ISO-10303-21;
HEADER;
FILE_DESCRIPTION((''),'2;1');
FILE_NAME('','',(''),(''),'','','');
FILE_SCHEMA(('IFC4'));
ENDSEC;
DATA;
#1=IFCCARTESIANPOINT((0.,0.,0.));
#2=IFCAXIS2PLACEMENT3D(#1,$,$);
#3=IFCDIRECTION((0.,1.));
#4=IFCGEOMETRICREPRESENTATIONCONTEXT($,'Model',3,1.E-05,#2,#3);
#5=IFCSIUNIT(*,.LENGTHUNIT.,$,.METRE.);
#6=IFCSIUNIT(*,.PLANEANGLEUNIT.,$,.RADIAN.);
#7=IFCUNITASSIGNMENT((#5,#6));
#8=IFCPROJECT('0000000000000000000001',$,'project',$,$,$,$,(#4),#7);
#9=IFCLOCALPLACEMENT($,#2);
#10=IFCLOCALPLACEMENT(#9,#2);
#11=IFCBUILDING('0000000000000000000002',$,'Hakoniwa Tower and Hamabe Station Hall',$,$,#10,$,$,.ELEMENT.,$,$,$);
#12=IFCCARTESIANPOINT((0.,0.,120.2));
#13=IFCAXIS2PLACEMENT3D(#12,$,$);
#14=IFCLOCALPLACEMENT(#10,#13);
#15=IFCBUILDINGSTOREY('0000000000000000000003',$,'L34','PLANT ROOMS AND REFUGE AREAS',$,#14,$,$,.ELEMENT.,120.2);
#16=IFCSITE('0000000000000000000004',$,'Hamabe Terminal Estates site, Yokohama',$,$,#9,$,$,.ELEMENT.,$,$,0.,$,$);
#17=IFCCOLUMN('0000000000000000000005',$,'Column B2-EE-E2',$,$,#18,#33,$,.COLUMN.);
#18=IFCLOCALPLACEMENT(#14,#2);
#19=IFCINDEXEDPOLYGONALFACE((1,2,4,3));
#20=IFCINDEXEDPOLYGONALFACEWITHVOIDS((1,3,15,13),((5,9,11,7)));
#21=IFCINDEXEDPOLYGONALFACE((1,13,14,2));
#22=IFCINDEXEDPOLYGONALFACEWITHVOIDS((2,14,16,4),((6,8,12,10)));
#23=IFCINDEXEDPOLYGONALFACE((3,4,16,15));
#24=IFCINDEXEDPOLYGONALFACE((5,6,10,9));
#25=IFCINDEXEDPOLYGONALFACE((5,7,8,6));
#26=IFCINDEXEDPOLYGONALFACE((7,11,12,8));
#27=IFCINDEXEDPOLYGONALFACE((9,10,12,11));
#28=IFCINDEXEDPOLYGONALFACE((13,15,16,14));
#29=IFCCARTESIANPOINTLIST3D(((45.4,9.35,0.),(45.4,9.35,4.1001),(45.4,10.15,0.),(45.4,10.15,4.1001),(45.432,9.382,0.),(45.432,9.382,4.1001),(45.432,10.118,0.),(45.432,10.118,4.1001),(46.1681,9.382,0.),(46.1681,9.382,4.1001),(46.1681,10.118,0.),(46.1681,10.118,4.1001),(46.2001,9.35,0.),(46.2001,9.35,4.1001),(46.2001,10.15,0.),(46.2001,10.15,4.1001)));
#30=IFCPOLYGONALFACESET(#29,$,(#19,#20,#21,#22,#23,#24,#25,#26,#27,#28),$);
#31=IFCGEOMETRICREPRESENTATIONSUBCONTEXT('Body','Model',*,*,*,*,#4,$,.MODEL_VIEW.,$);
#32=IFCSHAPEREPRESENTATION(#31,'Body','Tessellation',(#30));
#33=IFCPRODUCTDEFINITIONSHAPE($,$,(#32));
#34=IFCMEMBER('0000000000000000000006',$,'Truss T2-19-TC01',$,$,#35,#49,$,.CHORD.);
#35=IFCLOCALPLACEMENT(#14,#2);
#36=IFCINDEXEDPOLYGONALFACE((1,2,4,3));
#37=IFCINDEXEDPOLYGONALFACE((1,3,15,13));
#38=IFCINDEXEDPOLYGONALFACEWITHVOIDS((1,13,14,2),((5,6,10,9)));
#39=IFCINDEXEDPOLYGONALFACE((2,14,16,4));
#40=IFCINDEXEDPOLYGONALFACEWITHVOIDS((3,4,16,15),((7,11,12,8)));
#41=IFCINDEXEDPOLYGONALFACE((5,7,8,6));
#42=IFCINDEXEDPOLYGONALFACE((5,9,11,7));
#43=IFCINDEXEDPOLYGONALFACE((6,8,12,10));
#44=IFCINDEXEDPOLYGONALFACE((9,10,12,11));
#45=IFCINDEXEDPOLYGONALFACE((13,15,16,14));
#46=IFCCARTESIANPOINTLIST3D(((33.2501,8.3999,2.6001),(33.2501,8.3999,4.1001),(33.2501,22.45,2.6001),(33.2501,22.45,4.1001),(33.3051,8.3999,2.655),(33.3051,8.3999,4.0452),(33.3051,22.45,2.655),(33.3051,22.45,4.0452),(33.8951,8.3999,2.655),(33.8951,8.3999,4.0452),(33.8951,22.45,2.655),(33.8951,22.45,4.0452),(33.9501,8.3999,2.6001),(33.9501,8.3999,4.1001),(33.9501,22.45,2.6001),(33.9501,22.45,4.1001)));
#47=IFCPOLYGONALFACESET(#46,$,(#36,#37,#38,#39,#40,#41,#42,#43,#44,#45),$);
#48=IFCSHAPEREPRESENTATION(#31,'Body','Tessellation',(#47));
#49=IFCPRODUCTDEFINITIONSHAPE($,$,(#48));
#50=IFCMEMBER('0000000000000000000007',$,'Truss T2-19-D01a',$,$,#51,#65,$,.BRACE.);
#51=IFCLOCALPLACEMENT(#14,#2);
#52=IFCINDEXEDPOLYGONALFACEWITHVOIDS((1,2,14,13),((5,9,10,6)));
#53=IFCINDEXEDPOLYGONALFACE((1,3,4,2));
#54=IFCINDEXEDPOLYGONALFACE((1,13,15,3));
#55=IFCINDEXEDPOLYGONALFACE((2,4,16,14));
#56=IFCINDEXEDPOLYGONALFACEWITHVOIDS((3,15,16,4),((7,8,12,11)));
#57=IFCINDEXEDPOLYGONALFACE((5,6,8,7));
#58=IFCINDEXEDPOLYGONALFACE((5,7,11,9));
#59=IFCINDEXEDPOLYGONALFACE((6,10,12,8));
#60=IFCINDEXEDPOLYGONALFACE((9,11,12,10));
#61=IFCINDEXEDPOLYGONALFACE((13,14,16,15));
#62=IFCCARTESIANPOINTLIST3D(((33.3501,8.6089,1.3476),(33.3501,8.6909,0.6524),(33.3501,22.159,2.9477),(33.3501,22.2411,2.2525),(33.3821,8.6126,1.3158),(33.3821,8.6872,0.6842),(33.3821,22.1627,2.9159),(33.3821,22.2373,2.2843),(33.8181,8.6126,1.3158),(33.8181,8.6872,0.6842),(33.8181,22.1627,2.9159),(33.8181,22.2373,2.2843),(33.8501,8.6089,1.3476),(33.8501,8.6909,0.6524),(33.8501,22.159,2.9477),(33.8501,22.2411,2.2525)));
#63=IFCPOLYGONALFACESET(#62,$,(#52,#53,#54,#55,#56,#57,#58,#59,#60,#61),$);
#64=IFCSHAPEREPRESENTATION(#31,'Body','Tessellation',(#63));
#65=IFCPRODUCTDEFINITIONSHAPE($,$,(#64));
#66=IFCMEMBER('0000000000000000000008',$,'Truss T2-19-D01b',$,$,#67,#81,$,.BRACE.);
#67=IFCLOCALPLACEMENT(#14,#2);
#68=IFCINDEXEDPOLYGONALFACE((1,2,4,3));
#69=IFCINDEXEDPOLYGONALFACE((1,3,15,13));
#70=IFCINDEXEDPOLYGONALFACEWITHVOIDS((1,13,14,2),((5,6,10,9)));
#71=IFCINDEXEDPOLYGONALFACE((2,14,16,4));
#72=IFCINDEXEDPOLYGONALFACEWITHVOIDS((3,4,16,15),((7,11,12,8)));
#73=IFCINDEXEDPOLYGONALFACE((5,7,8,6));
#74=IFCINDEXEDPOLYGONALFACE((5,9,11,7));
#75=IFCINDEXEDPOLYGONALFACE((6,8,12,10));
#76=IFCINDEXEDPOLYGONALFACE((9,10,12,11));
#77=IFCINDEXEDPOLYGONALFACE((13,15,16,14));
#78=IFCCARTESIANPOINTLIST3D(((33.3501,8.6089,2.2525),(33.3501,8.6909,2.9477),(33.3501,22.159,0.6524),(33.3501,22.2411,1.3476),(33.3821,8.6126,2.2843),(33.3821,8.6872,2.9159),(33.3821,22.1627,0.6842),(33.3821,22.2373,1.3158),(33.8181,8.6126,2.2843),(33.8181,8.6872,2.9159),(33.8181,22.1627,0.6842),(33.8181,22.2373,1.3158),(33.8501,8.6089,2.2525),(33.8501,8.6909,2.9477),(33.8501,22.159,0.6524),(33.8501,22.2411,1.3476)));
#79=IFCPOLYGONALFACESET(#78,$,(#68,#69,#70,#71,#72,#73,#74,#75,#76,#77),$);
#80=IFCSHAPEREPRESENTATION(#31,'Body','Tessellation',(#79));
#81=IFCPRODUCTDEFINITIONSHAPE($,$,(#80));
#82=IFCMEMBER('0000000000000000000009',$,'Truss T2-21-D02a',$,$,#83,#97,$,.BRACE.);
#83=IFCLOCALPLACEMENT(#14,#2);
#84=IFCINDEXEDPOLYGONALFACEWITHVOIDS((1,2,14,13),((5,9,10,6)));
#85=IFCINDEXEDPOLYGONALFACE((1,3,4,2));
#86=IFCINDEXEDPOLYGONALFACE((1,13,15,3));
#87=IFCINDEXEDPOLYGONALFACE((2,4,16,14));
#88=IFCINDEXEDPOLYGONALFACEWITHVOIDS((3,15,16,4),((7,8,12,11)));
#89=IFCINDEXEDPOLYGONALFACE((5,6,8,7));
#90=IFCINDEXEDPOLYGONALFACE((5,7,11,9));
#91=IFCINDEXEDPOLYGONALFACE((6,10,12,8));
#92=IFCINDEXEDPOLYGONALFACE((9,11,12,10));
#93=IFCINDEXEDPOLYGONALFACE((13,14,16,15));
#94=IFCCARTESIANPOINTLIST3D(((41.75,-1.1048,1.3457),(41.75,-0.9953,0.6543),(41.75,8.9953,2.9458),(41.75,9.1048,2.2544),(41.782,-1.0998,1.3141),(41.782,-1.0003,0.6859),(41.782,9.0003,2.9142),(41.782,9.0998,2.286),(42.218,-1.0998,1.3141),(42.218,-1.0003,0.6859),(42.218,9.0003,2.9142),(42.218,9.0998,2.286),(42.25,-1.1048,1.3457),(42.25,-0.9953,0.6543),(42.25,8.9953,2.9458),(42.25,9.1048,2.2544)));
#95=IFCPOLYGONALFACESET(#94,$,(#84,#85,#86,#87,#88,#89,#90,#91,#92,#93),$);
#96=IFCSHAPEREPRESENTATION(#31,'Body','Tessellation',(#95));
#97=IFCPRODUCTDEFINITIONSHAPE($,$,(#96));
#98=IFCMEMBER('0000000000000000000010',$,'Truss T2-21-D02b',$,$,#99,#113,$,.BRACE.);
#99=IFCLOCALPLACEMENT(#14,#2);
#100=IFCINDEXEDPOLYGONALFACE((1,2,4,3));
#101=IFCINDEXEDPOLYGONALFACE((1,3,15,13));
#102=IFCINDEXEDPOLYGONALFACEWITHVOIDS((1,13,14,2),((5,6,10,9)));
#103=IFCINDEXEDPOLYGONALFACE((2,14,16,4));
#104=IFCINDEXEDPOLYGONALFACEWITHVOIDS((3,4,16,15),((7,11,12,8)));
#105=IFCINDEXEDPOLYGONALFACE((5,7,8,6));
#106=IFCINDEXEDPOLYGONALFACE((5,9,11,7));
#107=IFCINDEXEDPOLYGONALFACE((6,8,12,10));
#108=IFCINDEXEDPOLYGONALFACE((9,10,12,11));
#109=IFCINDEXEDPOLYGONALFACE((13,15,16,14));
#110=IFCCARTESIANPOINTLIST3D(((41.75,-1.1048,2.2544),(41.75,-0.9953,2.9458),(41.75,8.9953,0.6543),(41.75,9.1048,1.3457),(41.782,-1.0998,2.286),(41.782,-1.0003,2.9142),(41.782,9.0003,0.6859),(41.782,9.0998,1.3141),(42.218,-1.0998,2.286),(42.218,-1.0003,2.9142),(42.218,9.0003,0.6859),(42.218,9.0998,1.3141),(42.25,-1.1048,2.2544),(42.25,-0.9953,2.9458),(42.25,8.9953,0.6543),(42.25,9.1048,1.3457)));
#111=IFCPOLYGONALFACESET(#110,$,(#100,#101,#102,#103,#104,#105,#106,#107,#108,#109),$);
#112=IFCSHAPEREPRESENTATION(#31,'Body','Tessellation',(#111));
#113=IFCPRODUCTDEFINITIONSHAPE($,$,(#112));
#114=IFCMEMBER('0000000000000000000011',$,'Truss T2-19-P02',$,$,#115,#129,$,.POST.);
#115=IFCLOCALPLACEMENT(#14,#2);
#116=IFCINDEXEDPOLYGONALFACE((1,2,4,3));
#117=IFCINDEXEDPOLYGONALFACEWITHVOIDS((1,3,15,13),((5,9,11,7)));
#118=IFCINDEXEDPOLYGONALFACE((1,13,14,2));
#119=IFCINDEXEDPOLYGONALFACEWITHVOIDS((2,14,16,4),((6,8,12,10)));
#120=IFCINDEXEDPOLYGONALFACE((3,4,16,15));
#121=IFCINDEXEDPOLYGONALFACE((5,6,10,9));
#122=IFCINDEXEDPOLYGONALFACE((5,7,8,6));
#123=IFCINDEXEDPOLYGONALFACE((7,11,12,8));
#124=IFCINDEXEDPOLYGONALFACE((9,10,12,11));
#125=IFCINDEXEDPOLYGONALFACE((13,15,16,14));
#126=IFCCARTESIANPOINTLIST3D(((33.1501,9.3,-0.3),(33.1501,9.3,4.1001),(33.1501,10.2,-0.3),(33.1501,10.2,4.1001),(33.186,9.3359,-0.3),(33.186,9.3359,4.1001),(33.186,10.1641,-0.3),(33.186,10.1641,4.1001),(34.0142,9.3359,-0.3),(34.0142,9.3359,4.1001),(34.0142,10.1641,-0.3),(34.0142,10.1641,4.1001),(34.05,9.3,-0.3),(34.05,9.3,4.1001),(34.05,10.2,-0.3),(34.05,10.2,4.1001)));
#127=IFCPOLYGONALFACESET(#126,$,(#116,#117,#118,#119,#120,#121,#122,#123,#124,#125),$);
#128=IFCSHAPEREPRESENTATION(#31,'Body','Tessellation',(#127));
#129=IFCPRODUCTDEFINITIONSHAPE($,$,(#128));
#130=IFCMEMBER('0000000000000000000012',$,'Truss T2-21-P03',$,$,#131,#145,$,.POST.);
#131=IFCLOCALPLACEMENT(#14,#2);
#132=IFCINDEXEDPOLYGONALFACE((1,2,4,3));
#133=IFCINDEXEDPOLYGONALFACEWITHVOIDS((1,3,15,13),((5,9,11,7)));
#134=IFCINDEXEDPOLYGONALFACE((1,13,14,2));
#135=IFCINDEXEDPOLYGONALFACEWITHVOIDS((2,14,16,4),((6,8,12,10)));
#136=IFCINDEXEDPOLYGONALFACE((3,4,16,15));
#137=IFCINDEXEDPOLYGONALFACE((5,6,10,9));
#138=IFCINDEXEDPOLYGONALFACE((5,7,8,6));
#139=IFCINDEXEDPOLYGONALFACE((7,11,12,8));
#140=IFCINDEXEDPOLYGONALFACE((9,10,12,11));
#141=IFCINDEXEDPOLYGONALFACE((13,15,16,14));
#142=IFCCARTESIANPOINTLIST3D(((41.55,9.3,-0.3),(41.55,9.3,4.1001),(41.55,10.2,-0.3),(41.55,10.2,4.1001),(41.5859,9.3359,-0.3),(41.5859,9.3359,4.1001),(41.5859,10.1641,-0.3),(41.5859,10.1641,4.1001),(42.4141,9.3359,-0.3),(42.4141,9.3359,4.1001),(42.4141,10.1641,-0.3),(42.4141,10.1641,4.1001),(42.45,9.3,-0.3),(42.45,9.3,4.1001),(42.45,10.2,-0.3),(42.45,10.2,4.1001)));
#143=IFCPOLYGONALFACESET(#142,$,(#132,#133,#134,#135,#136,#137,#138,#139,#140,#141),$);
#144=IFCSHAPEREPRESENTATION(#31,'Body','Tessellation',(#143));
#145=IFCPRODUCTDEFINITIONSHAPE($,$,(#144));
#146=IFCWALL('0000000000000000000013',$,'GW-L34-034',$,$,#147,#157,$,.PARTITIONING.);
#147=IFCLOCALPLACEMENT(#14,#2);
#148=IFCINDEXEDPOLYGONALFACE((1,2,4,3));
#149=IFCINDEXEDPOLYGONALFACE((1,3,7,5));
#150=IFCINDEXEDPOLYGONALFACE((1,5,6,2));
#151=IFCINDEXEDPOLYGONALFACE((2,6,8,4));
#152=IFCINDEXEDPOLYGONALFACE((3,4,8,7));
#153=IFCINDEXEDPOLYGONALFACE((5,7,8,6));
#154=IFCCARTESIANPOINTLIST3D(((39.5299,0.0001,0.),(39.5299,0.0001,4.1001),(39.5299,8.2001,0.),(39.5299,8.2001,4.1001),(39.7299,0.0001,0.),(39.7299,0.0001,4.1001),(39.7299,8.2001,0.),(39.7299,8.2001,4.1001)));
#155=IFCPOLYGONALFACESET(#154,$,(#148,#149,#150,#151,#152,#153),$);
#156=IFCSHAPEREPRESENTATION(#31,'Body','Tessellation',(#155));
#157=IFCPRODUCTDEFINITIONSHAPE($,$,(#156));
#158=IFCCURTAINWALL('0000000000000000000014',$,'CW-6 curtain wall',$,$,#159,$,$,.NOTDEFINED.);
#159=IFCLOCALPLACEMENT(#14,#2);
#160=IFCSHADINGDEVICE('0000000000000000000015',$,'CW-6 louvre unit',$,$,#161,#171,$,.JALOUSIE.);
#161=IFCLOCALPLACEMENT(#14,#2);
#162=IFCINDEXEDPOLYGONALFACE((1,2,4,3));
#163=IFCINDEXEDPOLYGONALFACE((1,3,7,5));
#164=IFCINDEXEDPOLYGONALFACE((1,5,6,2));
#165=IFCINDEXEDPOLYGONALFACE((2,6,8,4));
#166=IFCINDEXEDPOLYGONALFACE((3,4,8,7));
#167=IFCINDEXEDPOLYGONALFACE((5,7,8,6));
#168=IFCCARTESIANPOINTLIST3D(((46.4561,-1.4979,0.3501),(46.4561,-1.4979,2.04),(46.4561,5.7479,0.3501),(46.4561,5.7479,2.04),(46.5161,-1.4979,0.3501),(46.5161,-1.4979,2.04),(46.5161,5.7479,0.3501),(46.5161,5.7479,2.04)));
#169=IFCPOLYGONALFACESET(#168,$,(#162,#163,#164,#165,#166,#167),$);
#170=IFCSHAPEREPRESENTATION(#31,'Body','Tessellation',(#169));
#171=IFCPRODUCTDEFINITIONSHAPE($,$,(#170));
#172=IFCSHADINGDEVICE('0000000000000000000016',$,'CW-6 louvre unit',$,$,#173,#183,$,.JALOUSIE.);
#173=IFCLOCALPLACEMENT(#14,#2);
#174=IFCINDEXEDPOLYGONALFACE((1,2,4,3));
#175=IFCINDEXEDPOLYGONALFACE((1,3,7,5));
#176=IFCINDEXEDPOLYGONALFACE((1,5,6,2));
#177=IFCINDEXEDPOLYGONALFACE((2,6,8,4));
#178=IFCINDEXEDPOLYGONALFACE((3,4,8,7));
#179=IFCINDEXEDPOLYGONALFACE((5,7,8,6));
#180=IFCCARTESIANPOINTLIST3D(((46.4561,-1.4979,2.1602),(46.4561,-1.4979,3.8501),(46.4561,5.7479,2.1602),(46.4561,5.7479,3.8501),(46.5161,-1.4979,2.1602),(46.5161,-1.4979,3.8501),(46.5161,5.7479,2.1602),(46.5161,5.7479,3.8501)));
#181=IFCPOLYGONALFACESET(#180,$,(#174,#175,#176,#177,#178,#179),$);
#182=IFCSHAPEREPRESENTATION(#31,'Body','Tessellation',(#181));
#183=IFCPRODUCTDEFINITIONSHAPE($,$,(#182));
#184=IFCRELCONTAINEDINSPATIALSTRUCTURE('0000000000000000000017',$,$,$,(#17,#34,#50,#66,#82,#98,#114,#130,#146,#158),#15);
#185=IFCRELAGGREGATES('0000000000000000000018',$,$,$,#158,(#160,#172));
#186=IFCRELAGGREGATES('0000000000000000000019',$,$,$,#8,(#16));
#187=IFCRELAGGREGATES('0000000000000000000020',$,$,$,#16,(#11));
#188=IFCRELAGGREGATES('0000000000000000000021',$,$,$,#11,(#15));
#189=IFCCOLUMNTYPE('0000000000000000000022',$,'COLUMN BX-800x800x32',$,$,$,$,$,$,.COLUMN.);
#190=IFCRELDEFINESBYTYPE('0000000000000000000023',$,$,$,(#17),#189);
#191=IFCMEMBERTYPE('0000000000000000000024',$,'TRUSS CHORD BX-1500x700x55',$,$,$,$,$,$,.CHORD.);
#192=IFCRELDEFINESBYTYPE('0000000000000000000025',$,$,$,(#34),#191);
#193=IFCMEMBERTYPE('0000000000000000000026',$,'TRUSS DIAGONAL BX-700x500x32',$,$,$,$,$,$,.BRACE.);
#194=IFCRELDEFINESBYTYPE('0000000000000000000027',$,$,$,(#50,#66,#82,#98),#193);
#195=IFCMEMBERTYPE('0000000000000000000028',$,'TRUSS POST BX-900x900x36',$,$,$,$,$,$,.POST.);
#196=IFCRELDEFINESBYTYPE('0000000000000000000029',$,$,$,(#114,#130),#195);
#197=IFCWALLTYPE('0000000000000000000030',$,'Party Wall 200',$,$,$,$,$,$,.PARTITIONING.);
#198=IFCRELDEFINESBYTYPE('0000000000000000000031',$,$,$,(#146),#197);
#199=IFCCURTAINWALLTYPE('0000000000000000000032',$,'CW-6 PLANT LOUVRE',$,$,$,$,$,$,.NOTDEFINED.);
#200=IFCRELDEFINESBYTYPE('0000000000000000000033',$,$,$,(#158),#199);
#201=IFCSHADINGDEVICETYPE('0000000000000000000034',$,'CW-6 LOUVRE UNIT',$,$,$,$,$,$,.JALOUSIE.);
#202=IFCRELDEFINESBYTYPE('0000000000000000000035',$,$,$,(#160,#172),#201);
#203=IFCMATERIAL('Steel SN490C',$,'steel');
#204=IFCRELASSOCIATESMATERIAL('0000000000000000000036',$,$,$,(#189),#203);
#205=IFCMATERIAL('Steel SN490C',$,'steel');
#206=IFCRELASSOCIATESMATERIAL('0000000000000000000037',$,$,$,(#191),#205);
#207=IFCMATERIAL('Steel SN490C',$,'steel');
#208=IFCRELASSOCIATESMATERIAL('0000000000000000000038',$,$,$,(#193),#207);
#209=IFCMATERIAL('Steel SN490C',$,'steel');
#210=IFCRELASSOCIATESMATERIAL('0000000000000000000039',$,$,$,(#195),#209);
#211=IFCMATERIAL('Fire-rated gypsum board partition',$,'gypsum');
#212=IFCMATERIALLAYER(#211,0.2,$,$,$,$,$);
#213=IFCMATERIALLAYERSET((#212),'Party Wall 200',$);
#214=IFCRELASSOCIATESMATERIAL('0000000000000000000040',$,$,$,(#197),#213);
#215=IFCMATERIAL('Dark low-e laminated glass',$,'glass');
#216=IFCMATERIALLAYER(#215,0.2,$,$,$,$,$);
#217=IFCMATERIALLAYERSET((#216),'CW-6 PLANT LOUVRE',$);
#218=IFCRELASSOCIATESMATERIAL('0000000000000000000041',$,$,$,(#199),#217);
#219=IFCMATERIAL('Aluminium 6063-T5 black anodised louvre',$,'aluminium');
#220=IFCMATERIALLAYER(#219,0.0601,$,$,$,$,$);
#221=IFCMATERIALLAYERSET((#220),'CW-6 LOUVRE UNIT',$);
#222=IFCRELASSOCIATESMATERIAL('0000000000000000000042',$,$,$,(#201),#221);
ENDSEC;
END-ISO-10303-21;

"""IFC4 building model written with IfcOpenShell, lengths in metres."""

from ifc_helpers import new_model, si_unit, direction, frame, frame_2d, origin, origin_2d, place, context, subcontext, project, spatial, rectangle, hollow_rectangle, extrude, material, layer, layer_set, material_profile, profile_set, type_object, element, aggregate, save


model = new_model("IFC4")

# Units and contexts
model_context = context("Model", 3, precision=1e-05, world=origin(), true_north=direction((0.0, 1.0)))
body_context = subcontext(model_context, "Body", "Model", "MODEL_VIEW")
ifc_project = project(units=[si_unit("LENGTHUNIT", "METRE"), si_unit("PLANEANGLEUNIT", "RADIAN")], contexts=[model_context])

# Site, building, storey
site_placement = place(None, origin())
site = spatial("IfcSite", under=ifc_project, at=site_placement, Name="Hamabe Terminal Estates site, Yokohama", CompositionType="ELEMENT", RefElevation=0.0)
building_placement = place(site_placement, origin())
building = spatial("IfcBuilding", under=site, at=building_placement, Name="Hakoniwa Tower and Hamabe Station Hall", CompositionType="ELEMENT")
storey_placement = place(building_placement, frame((0.0, 0.0, 120.2)))
storey = spatial("IfcBuildingStorey", under=building, at=storey_placement, Name="L34", Description="PLANT ROOMS AND REFUGE AREAS", CompositionType="ELEMENT", Elevation=120.2)

# Column
ifc_material_1 = material(Name="Steel SN490C", Category="steel")
ifc_material_profile_1 = material_profile(ifc_material_1, hollow_rectangle(XDim=0.8, YDim=0.8, WallThickness=0.032, at=origin_2d()), Name="BX-800x800x32")
ifc_profile_set_1 = profile_set([ifc_material_profile_1], Name="Steel SN490C")
column_type = type_object("IfcColumnType", Name="COLUMN BX-800x800x32", PredefinedType="COLUMN", material=ifc_profile_set_1)
column_placement = place(storey_placement, frame((45.8, 9.75, 0.0), z_axis=(0.0, 0.0, 1.0), x_axis=(1.0, 0.0, 0.0)))
element("IfcColumn", 1, at=column_placement, inside=storey, type_object=column_type, Name="Column B2-EE-E2", PredefinedType="COLUMN", context=body_context, shape_type="SweptSolid", body=[
    extrude(hollow_rectangle(XDim=0.8, YDim=0.8, WallThickness=0.032, at=origin_2d()), origin(), (0.0, 0.0, 1.0), 4.1001),
])

# Members
ifc_material_2 = material(Name="Steel SN490C", Category="steel")
ifc_material_profile_2 = material_profile(ifc_material_2, hollow_rectangle(XDim=0.7, YDim=1.5, WallThickness=0.0549, at=origin_2d()), Name="BX-1500x700x55")
ifc_profile_set_2 = profile_set([ifc_material_profile_2], Name="Steel SN490C")
member_type_1 = type_object("IfcMemberType", Name="TRUSS CHORD BX-1500x700x55", PredefinedType="CHORD", material=ifc_profile_set_2)
member_placement = place(storey_placement, frame((33.6001, 8.3999, 3.3501), z_axis=(0.0, 1.0, 0.0), x_axis=(-1.0, 0.0, 0.0)))
element("IfcMember", 2, at=member_placement, inside=storey, type_object=member_type_1, Name="Truss T2-19-TC01", PredefinedType="CHORD", context=body_context, shape_type="SweptSolid", body=[
    extrude(hollow_rectangle(XDim=0.7, YDim=1.5, WallThickness=0.0549, at=origin_2d()), origin(), (0.0, 0.0, 1.0), 14.05),
])
ifc_material_3 = material(Name="Steel SN490C", Category="steel")
ifc_material_profile_3 = material_profile(ifc_material_3, hollow_rectangle(XDim=0.5, YDim=0.7, WallThickness=0.032, at=origin_2d()), Name="BX-700x500x32")
ifc_profile_set_3 = profile_set([ifc_material_profile_3], Name="Steel SN490C")
member_type_2 = type_object("IfcMemberType", Name="TRUSS DIAGONAL BX-700x500x32", PredefinedType="BRACE", material=ifc_profile_set_3)
for number, where, z_axis, x_axis, name in (
    (3, (33.6001, 8.6499, 1.0), (0.0, 0.9931, 0.117273), (-1.0, 0.0, 0.0), "Truss T2-19-D01a"),
    (4, (33.6001, 8.6499, 2.6001), (0.0, 0.9931, -0.117273), (-1.0, 0.0, 0.0), "Truss T2-19-D01b"),
):
    element("IfcMember", number, at=place(storey_placement, frame(where, z_axis=z_axis, x_axis=x_axis)), inside=storey, type_object=member_type_2, Name=name, PredefinedType="BRACE", context=body_context, shape_type="SweptSolid", body=[
        extrude(hollow_rectangle(XDim=0.5, YDim=0.7, WallThickness=0.032, at=origin_2d()), origin(), (0.0, 0.0, 1.0), 13.6443),
    ])
for number, where, z_axis, x_axis, name in (
    (5, (42.0, -1.05, 1.0), (0.0, 0.987682, 0.156473), (-1.0, 0.0, 0.0), "Truss T2-21-D02a"),
    (6, (42.0, -1.05, 2.6001), (0.0, 0.987682, -0.156473), (-1.0, 0.0, 0.0), "Truss T2-21-D02b"),
):
    element("IfcMember", number, at=place(storey_placement, frame(where, z_axis=z_axis, x_axis=x_axis)), inside=storey, type_object=member_type_2, Name=name, PredefinedType="BRACE", context=body_context, shape_type="SweptSolid", body=[
        extrude(hollow_rectangle(XDim=0.5, YDim=0.7, WallThickness=0.032, at=origin_2d()), origin(), (0.0, 0.0, 1.0), 10.2261),
    ])
ifc_material_4 = material(Name="Steel SN490C", Category="steel")
ifc_material_profile_4 = material_profile(ifc_material_4, hollow_rectangle(XDim=0.8999, YDim=0.8999, WallThickness=0.0359, at=origin_2d()), Name="BX-900x900x36")
ifc_profile_set_4 = profile_set([ifc_material_profile_4], Name="Steel SN490C")
member_type_3 = type_object("IfcMemberType", Name="TRUSS POST BX-900x900x36", PredefinedType="POST", material=ifc_profile_set_4)
for number, where, z_axis, x_axis, name in (
    (7, (33.6001, 9.75, -0.3), (0.0, 0.0, 1.0), (1.0, 0.0, 0.0), "Truss T2-19-P02"),
    (8, (42.0, 9.75, -0.3), (0.0, 0.0, 1.0), (1.0, 0.0, 0.0), "Truss T2-21-P03"),
):
    element("IfcMember", number, at=place(storey_placement, frame(where, z_axis=z_axis, x_axis=x_axis)), inside=storey, type_object=member_type_3, Name=name, PredefinedType="POST", context=body_context, shape_type="SweptSolid", body=[
        extrude(hollow_rectangle(XDim=0.8999, YDim=0.8999, WallThickness=0.0359, at=origin_2d()), origin(), (0.0, 0.0, 1.0), 4.4001),
    ])

# Wall
ifc_material_5 = material(Name="Fire-rated gypsum board partition", Category="gypsum")
ifc_layer_1 = layer(ifc_material_5, 0.2)
ifc_layer_set_1 = layer_set([ifc_layer_1], Name="Party Wall 200")
wall_type = type_object("IfcWallType", Name="Party Wall 200", PredefinedType="PARTITIONING", material=ifc_layer_set_1)
wall_placement = place(storey_placement, frame((39.6299, 0.0, 0.0), z_axis=(0.0, 0.0, 1.0), x_axis=(0.0, 1.0, 0.0)))
element("IfcWall", 9, at=wall_placement, inside=storey, type_object=wall_type, Name="GW-L34-034", PredefinedType="PARTITIONING", context=body_context, shape_type="SweptSolid", body=[
    extrude(rectangle(XDim=8.2, YDim=0.2, at=frame_2d((4.1001, 0.0))), origin(), (0.0, 0.0, 1.0), 4.1001),
])

# Curtain wall, shading devices
ifc_material_6 = material(Name="Dark low-e laminated glass", Category="glass")
ifc_layer_2 = layer(ifc_material_6, 0.2)
ifc_layer_set_2 = layer_set([ifc_layer_2], Name="CW-6 PLANT LOUVRE")
curtain_wall_type = type_object("IfcCurtainWallType", Name="CW-6 PLANT LOUVRE", PredefinedType="NOTDEFINED", material=ifc_layer_set_2)
curtain_wall_placement = place(storey_placement, origin())
curtain_wall = element("IfcCurtainWall", 10, at=curtain_wall_placement, inside=storey, type_object=curtain_wall_type, Name="CW-6 curtain wall", PredefinedType="NOTDEFINED")
ifc_material_7 = material(Name="Aluminium 6063-T5 black anodised louvre", Category="aluminium")
ifc_layer_3 = layer(ifc_material_7, 0.0601)
ifc_layer_set_3 = layer_set([ifc_layer_3], Name="CW-6 LOUVRE UNIT")
shading_device_type = type_object("IfcShadingDeviceType", Name="CW-6 LOUVRE UNIT", PredefinedType="JALOUSIE", material=ifc_layer_set_3)
shading_device_1_placement = place(storey_placement, frame((46.4861, 2.125, 0.3501), z_axis=(0.0, 0.0, 1.0), x_axis=(0.0, 1.0, 0.0)))
shading_device_1 = element("IfcShadingDevice", 11, at=shading_device_1_placement, type_object=shading_device_type, Name="CW-6 louvre unit", PredefinedType="JALOUSIE", context=body_context, shape_type="SweptSolid", body=[
    extrude(rectangle(XDim=7.2458, YDim=0.0601, at=origin_2d()), origin(), (0.0, 0.0, 1.0), 1.6899),
])
shading_device_2_placement = place(storey_placement, frame((46.4861, 2.125, 2.1602), z_axis=(0.0, 0.0, 1.0), x_axis=(0.0, 1.0, 0.0)))
shading_device_2 = element("IfcShadingDevice", 12, at=shading_device_2_placement, type_object=shading_device_type, Name="CW-6 louvre unit", PredefinedType="JALOUSIE", context=body_context, shape_type="SweptSolid", body=[
    extrude(rectangle(XDim=7.2458, YDim=0.0601, at=origin_2d()), origin(), (0.0, 0.0, 1.0), 1.6899),
])
aggregate(curtain_wall, [shading_device_1, shading_device_2])

save(model, "model.ifc")
